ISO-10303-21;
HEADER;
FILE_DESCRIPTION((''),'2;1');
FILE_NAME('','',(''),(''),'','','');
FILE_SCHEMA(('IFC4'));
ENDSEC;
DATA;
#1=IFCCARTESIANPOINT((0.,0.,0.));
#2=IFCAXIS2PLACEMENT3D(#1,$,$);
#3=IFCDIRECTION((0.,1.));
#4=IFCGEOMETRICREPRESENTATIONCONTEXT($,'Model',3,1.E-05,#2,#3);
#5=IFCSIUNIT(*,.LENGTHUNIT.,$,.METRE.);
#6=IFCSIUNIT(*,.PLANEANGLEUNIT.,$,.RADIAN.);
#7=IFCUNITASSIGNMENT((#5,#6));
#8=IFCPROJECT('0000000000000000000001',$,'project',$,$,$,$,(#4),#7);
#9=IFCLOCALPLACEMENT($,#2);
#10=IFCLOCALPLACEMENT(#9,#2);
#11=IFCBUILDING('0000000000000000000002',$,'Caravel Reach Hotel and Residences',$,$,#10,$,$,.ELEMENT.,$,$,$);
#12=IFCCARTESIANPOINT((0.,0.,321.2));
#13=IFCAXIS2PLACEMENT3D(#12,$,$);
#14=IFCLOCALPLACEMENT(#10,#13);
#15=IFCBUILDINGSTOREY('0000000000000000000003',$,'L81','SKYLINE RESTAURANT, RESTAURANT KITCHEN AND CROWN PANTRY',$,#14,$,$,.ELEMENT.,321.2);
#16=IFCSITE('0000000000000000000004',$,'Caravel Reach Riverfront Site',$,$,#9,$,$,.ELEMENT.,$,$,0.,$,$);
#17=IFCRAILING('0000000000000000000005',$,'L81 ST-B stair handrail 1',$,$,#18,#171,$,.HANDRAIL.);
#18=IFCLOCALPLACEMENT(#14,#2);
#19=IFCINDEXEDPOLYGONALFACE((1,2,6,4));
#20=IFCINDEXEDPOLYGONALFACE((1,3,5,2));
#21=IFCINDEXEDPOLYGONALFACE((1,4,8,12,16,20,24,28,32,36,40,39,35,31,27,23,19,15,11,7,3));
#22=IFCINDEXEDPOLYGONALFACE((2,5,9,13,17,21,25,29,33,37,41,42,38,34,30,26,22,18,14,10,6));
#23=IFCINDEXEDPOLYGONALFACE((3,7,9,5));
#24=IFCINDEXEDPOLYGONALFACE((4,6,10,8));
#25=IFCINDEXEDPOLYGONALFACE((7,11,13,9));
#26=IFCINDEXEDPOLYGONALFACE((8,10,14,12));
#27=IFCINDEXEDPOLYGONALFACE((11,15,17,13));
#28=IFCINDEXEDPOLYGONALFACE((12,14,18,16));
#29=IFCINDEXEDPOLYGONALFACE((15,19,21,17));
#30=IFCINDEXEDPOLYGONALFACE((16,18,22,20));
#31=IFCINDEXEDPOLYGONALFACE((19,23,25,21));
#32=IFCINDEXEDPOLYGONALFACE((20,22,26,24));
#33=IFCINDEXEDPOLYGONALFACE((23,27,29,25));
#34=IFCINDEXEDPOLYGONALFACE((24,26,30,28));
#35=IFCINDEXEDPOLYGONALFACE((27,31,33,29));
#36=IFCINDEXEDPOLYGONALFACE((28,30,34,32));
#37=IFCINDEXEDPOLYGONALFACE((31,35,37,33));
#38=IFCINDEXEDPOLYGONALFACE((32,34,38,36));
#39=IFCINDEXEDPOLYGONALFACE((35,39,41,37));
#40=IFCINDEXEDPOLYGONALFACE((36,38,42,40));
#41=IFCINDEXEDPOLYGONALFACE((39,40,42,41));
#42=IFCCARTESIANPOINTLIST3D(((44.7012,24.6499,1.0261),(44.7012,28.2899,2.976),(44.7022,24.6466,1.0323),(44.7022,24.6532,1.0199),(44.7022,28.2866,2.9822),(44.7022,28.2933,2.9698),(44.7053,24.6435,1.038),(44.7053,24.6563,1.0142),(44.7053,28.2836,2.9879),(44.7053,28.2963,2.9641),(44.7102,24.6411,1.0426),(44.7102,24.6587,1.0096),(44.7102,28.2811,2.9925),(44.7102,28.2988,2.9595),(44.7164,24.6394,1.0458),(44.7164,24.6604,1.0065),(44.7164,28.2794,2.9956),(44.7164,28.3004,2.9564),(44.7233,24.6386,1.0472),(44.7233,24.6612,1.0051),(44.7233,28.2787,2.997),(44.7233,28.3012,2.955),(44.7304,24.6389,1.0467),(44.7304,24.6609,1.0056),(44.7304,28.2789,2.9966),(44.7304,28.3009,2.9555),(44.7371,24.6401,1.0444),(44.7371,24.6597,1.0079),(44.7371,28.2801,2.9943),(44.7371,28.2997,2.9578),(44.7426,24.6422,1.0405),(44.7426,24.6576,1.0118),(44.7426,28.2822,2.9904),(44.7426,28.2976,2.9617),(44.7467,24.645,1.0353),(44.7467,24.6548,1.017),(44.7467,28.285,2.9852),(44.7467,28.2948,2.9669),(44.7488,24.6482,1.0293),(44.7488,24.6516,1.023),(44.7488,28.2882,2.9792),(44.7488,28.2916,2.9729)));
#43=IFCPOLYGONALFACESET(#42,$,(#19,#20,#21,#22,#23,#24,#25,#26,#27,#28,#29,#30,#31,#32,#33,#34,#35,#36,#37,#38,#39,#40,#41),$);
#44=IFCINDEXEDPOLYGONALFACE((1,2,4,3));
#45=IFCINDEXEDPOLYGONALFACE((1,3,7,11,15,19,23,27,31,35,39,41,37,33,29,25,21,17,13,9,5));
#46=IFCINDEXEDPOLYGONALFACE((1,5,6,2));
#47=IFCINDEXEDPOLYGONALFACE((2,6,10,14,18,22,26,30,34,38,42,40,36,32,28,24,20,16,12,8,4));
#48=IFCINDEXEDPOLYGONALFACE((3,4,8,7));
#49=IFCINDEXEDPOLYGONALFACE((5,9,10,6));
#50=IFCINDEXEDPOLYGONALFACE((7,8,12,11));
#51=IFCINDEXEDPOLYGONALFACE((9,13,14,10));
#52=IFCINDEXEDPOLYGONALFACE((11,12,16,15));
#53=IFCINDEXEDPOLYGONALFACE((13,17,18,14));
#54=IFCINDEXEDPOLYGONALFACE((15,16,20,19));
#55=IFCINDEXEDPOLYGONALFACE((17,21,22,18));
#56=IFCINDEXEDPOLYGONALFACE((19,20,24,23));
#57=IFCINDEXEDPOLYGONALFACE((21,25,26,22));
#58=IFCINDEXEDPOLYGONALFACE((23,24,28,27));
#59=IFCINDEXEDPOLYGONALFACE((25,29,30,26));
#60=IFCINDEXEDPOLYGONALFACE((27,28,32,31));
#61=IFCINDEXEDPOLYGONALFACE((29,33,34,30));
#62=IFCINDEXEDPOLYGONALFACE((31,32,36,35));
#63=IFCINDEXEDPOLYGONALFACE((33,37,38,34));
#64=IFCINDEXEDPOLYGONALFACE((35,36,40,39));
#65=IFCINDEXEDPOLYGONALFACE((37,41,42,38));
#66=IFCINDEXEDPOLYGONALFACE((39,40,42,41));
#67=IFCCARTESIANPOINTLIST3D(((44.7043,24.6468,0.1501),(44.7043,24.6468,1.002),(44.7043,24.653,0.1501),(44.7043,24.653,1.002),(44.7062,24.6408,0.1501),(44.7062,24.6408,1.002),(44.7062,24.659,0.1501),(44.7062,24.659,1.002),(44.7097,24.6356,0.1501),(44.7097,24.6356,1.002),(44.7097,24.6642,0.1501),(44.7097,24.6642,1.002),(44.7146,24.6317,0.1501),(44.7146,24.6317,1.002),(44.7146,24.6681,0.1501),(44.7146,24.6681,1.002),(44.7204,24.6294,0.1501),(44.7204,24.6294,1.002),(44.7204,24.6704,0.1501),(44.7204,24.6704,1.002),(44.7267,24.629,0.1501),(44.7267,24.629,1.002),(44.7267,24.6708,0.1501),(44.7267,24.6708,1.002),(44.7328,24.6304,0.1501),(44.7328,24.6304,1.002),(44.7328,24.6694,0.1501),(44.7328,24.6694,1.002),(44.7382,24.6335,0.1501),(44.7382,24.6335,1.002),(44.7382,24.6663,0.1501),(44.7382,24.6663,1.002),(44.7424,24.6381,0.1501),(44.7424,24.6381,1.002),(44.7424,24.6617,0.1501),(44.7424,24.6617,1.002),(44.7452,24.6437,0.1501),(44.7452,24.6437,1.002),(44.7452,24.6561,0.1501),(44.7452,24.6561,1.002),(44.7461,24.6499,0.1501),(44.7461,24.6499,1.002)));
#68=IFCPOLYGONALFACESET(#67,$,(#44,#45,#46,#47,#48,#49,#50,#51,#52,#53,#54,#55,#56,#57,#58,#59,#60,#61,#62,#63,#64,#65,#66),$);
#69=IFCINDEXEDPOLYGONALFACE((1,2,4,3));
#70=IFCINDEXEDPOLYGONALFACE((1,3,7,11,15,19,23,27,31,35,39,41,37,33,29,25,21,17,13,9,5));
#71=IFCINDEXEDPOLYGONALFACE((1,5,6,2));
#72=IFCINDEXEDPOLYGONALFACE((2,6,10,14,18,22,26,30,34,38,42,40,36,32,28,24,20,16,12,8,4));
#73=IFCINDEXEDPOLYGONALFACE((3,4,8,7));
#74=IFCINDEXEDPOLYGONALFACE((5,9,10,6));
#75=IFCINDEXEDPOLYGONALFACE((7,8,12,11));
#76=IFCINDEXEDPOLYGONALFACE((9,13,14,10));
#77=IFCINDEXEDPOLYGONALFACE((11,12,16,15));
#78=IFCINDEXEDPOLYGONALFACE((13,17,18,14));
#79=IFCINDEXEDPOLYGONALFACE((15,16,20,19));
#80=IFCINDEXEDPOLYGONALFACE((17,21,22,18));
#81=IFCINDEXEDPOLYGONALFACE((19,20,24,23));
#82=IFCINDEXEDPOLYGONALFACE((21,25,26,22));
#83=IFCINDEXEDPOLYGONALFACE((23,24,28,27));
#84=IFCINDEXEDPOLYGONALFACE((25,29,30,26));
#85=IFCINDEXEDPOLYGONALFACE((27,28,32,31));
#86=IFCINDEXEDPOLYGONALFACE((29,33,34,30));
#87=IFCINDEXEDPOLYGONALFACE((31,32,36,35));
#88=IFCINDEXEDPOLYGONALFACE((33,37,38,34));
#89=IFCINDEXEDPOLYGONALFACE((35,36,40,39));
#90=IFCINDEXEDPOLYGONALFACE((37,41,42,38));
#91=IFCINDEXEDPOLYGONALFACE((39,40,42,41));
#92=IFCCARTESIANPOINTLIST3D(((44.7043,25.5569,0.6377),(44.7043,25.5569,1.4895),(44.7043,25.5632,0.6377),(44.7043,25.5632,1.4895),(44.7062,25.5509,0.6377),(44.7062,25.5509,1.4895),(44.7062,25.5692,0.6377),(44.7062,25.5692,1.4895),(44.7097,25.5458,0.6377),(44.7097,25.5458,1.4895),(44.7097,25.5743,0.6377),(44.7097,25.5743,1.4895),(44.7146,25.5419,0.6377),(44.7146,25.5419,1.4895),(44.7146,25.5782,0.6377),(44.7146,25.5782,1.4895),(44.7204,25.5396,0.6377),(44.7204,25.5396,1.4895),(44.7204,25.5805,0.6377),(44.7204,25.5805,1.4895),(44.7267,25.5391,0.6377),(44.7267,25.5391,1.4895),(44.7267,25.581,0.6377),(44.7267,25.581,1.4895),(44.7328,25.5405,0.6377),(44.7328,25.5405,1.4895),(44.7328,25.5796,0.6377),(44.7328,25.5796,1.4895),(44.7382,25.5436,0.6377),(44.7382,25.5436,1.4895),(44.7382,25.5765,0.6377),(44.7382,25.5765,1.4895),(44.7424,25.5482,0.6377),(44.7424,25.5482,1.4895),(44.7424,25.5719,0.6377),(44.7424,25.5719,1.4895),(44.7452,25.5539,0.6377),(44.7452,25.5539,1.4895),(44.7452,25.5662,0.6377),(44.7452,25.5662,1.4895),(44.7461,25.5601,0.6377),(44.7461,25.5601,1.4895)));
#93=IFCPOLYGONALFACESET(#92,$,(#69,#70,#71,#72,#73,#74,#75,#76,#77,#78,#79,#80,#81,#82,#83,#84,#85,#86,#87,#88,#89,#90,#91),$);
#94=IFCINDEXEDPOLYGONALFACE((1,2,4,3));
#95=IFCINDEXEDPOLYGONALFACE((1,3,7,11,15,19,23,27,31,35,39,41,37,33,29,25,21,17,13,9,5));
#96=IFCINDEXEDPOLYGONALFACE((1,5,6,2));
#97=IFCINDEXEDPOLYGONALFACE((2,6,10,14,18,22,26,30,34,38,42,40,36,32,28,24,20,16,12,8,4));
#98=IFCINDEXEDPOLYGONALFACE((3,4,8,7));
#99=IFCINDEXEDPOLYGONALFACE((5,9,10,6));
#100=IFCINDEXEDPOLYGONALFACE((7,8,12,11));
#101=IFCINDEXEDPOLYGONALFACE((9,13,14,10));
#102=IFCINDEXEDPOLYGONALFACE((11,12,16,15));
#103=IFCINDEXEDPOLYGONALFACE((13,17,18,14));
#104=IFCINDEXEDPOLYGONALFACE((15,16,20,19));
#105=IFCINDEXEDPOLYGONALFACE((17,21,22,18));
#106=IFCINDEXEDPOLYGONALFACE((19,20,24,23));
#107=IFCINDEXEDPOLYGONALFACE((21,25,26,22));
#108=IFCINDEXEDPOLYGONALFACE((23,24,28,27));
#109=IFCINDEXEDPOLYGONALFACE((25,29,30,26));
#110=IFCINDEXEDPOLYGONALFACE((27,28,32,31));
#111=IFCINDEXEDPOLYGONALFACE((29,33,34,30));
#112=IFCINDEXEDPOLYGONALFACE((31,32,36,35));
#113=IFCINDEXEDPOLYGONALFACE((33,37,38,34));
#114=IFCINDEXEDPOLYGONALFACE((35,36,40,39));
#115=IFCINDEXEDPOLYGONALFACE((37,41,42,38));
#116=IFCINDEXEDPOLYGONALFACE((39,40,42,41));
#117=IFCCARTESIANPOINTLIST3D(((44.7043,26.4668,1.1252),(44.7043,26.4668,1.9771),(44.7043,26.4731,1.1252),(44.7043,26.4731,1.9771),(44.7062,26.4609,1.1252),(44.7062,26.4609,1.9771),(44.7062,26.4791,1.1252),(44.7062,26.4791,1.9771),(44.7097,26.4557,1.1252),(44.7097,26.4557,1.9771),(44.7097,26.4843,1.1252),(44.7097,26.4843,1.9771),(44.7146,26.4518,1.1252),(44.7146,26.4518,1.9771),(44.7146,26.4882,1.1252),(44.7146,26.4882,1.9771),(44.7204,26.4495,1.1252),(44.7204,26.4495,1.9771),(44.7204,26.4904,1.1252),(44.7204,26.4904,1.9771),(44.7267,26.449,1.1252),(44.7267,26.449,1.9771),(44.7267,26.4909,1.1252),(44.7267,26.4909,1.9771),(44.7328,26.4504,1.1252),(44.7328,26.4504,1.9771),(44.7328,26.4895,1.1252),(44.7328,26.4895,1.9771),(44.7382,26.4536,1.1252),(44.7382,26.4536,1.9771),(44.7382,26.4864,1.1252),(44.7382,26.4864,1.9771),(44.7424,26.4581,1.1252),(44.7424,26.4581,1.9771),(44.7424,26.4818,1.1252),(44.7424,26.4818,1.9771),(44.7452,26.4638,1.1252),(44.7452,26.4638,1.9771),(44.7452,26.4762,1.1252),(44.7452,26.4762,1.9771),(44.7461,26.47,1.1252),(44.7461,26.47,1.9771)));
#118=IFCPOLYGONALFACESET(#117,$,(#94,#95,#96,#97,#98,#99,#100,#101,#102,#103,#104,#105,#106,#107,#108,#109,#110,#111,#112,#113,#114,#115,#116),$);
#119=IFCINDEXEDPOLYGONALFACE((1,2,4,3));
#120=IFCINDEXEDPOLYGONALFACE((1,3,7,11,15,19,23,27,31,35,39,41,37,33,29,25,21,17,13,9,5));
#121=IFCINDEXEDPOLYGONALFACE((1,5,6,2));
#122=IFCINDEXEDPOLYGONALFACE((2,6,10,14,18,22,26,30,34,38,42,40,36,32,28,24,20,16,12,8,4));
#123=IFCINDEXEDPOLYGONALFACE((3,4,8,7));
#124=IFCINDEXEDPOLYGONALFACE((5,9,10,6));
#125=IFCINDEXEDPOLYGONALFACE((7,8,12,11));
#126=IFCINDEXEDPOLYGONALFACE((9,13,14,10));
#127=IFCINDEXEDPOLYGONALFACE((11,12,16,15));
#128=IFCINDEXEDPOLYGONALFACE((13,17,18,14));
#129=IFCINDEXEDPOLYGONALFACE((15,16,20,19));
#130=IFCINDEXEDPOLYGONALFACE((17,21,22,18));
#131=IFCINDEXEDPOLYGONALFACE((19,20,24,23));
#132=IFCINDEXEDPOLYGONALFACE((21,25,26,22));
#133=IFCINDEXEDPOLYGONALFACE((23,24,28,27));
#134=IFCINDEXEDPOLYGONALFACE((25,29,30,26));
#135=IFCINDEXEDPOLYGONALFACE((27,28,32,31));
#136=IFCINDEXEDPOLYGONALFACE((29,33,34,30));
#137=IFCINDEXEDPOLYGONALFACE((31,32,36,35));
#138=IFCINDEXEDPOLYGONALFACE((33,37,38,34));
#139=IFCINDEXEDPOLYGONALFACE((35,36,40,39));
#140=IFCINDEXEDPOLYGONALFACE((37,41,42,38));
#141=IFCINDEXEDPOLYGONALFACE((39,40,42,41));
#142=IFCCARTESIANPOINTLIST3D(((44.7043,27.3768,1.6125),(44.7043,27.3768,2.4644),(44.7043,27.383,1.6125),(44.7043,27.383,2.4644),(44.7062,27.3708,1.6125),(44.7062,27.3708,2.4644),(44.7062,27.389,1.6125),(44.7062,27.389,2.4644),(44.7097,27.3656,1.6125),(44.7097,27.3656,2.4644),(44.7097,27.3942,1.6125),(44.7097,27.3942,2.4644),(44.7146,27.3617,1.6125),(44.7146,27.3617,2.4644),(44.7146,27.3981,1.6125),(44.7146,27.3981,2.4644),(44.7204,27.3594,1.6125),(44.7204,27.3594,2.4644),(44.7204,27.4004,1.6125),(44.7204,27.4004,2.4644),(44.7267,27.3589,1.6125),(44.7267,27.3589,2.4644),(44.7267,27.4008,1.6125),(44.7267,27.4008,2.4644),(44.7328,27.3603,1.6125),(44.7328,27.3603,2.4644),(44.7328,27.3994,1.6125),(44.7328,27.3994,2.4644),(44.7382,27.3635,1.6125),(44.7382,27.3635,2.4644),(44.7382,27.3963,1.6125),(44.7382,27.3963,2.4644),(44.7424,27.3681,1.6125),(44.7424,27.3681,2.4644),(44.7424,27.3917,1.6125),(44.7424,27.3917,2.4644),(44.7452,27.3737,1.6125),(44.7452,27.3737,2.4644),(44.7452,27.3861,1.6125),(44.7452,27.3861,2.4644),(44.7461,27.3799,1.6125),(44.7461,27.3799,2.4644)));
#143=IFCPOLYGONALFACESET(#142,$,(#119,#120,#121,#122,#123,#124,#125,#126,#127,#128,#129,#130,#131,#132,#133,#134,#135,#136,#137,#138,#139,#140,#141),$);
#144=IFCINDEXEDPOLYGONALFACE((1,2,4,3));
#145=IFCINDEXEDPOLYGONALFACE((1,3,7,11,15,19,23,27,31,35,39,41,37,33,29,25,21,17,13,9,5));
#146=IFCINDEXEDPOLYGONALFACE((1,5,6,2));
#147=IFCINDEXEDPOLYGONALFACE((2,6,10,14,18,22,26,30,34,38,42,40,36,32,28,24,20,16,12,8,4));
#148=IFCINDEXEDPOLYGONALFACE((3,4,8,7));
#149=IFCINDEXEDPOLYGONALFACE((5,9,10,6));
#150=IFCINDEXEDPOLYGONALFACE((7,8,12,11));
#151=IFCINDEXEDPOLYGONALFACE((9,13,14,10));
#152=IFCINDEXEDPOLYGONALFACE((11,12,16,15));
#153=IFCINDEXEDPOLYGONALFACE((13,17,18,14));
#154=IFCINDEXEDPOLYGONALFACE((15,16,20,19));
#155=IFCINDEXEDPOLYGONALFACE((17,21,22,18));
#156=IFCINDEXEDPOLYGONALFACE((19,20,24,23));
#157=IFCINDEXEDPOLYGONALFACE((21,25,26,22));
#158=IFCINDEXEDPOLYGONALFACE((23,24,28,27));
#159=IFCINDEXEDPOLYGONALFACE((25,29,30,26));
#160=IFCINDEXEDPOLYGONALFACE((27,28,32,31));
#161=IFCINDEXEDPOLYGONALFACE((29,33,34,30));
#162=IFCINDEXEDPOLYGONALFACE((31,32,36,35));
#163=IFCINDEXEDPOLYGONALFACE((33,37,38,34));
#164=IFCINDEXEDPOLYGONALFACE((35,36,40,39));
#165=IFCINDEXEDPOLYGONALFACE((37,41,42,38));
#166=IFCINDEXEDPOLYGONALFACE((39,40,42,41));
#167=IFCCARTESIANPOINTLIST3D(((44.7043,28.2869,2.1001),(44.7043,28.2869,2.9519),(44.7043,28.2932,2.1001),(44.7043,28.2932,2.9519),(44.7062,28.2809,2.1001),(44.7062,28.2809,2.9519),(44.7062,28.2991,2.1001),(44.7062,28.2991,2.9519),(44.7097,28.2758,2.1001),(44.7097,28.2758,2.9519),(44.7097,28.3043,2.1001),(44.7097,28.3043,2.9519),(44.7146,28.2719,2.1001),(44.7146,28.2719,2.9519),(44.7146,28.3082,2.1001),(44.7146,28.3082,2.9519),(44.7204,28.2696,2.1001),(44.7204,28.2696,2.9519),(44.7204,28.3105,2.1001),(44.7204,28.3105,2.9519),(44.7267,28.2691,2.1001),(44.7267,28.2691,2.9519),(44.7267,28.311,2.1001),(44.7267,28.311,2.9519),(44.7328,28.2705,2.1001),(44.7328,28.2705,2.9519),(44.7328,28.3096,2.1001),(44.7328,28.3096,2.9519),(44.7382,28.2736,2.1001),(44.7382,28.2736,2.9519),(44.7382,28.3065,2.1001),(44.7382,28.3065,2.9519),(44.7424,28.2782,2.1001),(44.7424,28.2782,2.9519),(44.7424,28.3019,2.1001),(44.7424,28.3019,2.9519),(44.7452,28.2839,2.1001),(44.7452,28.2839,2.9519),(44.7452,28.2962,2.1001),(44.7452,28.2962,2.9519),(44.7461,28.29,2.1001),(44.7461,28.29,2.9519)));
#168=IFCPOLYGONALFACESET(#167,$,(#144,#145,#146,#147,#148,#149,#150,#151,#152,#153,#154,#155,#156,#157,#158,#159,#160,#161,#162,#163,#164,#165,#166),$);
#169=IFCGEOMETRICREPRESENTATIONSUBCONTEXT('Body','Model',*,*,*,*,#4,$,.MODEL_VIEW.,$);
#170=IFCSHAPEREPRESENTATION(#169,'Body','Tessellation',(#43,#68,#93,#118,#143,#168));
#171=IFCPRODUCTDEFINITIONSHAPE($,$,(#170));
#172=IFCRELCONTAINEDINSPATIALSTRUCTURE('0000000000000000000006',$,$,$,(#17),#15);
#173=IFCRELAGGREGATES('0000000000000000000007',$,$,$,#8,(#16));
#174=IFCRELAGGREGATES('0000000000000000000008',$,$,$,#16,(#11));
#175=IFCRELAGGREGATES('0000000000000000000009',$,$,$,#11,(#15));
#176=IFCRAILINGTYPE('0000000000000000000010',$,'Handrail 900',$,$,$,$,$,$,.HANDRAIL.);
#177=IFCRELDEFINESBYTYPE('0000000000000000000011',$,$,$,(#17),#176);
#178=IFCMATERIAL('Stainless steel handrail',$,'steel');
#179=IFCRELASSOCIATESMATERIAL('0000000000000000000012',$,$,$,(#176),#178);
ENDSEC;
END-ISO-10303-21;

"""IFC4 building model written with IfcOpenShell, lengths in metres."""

from ifc_helpers import new_model, si_unit, direction, frame, origin, origin_2d, place, context, subcontext, project, spatial, circle, extrude, material, type_object, element, save


model = new_model("IFC4")

# Units and contexts
model_context = context("Model", 3, precision=1e-05, world=origin(), true_north=direction((0.0, 1.0)))
body_context = subcontext(model_context, "Body", "Model", "MODEL_VIEW")
ifc_project = project(units=[si_unit("LENGTHUNIT", "METRE"), si_unit("PLANEANGLEUNIT", "RADIAN")], contexts=[model_context])

# Site, building, storey
site_placement = place(None, origin())
site = spatial("IfcSite", under=ifc_project, at=site_placement, Name="Caravel Reach Riverfront Site", CompositionType="ELEMENT", RefElevation=0.0)
building_placement = place(site_placement, origin())
building = spatial("IfcBuilding", under=site, at=building_placement, Name="Caravel Reach Hotel and Residences", CompositionType="ELEMENT")
storey_placement = place(building_placement, frame((0.0, 0.0, 321.2)))
storey = spatial("IfcBuildingStorey", under=building, at=storey_placement, Name="L81", Description="SKYLINE RESTAURANT, RESTAURANT KITCHEN AND CROWN PANTRY", CompositionType="ELEMENT", Elevation=321.2)

# Railing
ifc_material_1 = material(Name="Stainless steel handrail", Category="steel")
railing_type_1 = type_object("IfcRailingType", Name="Handrail 900", PredefinedType="HANDRAIL", material=ifc_material_1)
railing_1_placement = place(storey_placement, frame((44.7251, 24.6499, 0.1501)))
element("IfcRailing", 1, at=railing_1_placement, inside=storey, type_object=railing_type_1, Name="L81 ST-B stair handrail 1", PredefinedType="HANDRAIL", context=body_context, shape_type="SweptSolid", body=[
    extrude(circle(Radius=0.0239, at=origin_2d()), frame((0.0, 0.0, 0.876), z_axis=(0.0, 0.881492, 0.472198), x_axis=(-1.0, 0.0, 0.0)), (0.0, 0.0, 1.0), 4.1294),
    extrude(circle(Radius=0.021, at=origin_2d()), origin(), (0.0, 0.0, 1.0), 0.8518),
    extrude(circle(Radius=0.021, at=origin_2d()), frame((0.0, 0.9102, 0.4875)), (0.0, 0.0, 1.0), 0.8518),
    extrude(circle(Radius=0.021, at=origin_2d()), frame((0.0, 1.8201, 0.9751)), (0.0, 0.0, 1.0), 0.8518),
    extrude(circle(Radius=0.021, at=origin_2d()), frame((0.0, 2.73, 1.4624)), (0.0, 0.0, 1.0), 0.8518),
    extrude(circle(Radius=0.021, at=origin_2d()), frame((0.0, 3.6401, 1.95)), (0.0, 0.0, 1.0), 0.8518),
])

save(model, "model.ifc")
